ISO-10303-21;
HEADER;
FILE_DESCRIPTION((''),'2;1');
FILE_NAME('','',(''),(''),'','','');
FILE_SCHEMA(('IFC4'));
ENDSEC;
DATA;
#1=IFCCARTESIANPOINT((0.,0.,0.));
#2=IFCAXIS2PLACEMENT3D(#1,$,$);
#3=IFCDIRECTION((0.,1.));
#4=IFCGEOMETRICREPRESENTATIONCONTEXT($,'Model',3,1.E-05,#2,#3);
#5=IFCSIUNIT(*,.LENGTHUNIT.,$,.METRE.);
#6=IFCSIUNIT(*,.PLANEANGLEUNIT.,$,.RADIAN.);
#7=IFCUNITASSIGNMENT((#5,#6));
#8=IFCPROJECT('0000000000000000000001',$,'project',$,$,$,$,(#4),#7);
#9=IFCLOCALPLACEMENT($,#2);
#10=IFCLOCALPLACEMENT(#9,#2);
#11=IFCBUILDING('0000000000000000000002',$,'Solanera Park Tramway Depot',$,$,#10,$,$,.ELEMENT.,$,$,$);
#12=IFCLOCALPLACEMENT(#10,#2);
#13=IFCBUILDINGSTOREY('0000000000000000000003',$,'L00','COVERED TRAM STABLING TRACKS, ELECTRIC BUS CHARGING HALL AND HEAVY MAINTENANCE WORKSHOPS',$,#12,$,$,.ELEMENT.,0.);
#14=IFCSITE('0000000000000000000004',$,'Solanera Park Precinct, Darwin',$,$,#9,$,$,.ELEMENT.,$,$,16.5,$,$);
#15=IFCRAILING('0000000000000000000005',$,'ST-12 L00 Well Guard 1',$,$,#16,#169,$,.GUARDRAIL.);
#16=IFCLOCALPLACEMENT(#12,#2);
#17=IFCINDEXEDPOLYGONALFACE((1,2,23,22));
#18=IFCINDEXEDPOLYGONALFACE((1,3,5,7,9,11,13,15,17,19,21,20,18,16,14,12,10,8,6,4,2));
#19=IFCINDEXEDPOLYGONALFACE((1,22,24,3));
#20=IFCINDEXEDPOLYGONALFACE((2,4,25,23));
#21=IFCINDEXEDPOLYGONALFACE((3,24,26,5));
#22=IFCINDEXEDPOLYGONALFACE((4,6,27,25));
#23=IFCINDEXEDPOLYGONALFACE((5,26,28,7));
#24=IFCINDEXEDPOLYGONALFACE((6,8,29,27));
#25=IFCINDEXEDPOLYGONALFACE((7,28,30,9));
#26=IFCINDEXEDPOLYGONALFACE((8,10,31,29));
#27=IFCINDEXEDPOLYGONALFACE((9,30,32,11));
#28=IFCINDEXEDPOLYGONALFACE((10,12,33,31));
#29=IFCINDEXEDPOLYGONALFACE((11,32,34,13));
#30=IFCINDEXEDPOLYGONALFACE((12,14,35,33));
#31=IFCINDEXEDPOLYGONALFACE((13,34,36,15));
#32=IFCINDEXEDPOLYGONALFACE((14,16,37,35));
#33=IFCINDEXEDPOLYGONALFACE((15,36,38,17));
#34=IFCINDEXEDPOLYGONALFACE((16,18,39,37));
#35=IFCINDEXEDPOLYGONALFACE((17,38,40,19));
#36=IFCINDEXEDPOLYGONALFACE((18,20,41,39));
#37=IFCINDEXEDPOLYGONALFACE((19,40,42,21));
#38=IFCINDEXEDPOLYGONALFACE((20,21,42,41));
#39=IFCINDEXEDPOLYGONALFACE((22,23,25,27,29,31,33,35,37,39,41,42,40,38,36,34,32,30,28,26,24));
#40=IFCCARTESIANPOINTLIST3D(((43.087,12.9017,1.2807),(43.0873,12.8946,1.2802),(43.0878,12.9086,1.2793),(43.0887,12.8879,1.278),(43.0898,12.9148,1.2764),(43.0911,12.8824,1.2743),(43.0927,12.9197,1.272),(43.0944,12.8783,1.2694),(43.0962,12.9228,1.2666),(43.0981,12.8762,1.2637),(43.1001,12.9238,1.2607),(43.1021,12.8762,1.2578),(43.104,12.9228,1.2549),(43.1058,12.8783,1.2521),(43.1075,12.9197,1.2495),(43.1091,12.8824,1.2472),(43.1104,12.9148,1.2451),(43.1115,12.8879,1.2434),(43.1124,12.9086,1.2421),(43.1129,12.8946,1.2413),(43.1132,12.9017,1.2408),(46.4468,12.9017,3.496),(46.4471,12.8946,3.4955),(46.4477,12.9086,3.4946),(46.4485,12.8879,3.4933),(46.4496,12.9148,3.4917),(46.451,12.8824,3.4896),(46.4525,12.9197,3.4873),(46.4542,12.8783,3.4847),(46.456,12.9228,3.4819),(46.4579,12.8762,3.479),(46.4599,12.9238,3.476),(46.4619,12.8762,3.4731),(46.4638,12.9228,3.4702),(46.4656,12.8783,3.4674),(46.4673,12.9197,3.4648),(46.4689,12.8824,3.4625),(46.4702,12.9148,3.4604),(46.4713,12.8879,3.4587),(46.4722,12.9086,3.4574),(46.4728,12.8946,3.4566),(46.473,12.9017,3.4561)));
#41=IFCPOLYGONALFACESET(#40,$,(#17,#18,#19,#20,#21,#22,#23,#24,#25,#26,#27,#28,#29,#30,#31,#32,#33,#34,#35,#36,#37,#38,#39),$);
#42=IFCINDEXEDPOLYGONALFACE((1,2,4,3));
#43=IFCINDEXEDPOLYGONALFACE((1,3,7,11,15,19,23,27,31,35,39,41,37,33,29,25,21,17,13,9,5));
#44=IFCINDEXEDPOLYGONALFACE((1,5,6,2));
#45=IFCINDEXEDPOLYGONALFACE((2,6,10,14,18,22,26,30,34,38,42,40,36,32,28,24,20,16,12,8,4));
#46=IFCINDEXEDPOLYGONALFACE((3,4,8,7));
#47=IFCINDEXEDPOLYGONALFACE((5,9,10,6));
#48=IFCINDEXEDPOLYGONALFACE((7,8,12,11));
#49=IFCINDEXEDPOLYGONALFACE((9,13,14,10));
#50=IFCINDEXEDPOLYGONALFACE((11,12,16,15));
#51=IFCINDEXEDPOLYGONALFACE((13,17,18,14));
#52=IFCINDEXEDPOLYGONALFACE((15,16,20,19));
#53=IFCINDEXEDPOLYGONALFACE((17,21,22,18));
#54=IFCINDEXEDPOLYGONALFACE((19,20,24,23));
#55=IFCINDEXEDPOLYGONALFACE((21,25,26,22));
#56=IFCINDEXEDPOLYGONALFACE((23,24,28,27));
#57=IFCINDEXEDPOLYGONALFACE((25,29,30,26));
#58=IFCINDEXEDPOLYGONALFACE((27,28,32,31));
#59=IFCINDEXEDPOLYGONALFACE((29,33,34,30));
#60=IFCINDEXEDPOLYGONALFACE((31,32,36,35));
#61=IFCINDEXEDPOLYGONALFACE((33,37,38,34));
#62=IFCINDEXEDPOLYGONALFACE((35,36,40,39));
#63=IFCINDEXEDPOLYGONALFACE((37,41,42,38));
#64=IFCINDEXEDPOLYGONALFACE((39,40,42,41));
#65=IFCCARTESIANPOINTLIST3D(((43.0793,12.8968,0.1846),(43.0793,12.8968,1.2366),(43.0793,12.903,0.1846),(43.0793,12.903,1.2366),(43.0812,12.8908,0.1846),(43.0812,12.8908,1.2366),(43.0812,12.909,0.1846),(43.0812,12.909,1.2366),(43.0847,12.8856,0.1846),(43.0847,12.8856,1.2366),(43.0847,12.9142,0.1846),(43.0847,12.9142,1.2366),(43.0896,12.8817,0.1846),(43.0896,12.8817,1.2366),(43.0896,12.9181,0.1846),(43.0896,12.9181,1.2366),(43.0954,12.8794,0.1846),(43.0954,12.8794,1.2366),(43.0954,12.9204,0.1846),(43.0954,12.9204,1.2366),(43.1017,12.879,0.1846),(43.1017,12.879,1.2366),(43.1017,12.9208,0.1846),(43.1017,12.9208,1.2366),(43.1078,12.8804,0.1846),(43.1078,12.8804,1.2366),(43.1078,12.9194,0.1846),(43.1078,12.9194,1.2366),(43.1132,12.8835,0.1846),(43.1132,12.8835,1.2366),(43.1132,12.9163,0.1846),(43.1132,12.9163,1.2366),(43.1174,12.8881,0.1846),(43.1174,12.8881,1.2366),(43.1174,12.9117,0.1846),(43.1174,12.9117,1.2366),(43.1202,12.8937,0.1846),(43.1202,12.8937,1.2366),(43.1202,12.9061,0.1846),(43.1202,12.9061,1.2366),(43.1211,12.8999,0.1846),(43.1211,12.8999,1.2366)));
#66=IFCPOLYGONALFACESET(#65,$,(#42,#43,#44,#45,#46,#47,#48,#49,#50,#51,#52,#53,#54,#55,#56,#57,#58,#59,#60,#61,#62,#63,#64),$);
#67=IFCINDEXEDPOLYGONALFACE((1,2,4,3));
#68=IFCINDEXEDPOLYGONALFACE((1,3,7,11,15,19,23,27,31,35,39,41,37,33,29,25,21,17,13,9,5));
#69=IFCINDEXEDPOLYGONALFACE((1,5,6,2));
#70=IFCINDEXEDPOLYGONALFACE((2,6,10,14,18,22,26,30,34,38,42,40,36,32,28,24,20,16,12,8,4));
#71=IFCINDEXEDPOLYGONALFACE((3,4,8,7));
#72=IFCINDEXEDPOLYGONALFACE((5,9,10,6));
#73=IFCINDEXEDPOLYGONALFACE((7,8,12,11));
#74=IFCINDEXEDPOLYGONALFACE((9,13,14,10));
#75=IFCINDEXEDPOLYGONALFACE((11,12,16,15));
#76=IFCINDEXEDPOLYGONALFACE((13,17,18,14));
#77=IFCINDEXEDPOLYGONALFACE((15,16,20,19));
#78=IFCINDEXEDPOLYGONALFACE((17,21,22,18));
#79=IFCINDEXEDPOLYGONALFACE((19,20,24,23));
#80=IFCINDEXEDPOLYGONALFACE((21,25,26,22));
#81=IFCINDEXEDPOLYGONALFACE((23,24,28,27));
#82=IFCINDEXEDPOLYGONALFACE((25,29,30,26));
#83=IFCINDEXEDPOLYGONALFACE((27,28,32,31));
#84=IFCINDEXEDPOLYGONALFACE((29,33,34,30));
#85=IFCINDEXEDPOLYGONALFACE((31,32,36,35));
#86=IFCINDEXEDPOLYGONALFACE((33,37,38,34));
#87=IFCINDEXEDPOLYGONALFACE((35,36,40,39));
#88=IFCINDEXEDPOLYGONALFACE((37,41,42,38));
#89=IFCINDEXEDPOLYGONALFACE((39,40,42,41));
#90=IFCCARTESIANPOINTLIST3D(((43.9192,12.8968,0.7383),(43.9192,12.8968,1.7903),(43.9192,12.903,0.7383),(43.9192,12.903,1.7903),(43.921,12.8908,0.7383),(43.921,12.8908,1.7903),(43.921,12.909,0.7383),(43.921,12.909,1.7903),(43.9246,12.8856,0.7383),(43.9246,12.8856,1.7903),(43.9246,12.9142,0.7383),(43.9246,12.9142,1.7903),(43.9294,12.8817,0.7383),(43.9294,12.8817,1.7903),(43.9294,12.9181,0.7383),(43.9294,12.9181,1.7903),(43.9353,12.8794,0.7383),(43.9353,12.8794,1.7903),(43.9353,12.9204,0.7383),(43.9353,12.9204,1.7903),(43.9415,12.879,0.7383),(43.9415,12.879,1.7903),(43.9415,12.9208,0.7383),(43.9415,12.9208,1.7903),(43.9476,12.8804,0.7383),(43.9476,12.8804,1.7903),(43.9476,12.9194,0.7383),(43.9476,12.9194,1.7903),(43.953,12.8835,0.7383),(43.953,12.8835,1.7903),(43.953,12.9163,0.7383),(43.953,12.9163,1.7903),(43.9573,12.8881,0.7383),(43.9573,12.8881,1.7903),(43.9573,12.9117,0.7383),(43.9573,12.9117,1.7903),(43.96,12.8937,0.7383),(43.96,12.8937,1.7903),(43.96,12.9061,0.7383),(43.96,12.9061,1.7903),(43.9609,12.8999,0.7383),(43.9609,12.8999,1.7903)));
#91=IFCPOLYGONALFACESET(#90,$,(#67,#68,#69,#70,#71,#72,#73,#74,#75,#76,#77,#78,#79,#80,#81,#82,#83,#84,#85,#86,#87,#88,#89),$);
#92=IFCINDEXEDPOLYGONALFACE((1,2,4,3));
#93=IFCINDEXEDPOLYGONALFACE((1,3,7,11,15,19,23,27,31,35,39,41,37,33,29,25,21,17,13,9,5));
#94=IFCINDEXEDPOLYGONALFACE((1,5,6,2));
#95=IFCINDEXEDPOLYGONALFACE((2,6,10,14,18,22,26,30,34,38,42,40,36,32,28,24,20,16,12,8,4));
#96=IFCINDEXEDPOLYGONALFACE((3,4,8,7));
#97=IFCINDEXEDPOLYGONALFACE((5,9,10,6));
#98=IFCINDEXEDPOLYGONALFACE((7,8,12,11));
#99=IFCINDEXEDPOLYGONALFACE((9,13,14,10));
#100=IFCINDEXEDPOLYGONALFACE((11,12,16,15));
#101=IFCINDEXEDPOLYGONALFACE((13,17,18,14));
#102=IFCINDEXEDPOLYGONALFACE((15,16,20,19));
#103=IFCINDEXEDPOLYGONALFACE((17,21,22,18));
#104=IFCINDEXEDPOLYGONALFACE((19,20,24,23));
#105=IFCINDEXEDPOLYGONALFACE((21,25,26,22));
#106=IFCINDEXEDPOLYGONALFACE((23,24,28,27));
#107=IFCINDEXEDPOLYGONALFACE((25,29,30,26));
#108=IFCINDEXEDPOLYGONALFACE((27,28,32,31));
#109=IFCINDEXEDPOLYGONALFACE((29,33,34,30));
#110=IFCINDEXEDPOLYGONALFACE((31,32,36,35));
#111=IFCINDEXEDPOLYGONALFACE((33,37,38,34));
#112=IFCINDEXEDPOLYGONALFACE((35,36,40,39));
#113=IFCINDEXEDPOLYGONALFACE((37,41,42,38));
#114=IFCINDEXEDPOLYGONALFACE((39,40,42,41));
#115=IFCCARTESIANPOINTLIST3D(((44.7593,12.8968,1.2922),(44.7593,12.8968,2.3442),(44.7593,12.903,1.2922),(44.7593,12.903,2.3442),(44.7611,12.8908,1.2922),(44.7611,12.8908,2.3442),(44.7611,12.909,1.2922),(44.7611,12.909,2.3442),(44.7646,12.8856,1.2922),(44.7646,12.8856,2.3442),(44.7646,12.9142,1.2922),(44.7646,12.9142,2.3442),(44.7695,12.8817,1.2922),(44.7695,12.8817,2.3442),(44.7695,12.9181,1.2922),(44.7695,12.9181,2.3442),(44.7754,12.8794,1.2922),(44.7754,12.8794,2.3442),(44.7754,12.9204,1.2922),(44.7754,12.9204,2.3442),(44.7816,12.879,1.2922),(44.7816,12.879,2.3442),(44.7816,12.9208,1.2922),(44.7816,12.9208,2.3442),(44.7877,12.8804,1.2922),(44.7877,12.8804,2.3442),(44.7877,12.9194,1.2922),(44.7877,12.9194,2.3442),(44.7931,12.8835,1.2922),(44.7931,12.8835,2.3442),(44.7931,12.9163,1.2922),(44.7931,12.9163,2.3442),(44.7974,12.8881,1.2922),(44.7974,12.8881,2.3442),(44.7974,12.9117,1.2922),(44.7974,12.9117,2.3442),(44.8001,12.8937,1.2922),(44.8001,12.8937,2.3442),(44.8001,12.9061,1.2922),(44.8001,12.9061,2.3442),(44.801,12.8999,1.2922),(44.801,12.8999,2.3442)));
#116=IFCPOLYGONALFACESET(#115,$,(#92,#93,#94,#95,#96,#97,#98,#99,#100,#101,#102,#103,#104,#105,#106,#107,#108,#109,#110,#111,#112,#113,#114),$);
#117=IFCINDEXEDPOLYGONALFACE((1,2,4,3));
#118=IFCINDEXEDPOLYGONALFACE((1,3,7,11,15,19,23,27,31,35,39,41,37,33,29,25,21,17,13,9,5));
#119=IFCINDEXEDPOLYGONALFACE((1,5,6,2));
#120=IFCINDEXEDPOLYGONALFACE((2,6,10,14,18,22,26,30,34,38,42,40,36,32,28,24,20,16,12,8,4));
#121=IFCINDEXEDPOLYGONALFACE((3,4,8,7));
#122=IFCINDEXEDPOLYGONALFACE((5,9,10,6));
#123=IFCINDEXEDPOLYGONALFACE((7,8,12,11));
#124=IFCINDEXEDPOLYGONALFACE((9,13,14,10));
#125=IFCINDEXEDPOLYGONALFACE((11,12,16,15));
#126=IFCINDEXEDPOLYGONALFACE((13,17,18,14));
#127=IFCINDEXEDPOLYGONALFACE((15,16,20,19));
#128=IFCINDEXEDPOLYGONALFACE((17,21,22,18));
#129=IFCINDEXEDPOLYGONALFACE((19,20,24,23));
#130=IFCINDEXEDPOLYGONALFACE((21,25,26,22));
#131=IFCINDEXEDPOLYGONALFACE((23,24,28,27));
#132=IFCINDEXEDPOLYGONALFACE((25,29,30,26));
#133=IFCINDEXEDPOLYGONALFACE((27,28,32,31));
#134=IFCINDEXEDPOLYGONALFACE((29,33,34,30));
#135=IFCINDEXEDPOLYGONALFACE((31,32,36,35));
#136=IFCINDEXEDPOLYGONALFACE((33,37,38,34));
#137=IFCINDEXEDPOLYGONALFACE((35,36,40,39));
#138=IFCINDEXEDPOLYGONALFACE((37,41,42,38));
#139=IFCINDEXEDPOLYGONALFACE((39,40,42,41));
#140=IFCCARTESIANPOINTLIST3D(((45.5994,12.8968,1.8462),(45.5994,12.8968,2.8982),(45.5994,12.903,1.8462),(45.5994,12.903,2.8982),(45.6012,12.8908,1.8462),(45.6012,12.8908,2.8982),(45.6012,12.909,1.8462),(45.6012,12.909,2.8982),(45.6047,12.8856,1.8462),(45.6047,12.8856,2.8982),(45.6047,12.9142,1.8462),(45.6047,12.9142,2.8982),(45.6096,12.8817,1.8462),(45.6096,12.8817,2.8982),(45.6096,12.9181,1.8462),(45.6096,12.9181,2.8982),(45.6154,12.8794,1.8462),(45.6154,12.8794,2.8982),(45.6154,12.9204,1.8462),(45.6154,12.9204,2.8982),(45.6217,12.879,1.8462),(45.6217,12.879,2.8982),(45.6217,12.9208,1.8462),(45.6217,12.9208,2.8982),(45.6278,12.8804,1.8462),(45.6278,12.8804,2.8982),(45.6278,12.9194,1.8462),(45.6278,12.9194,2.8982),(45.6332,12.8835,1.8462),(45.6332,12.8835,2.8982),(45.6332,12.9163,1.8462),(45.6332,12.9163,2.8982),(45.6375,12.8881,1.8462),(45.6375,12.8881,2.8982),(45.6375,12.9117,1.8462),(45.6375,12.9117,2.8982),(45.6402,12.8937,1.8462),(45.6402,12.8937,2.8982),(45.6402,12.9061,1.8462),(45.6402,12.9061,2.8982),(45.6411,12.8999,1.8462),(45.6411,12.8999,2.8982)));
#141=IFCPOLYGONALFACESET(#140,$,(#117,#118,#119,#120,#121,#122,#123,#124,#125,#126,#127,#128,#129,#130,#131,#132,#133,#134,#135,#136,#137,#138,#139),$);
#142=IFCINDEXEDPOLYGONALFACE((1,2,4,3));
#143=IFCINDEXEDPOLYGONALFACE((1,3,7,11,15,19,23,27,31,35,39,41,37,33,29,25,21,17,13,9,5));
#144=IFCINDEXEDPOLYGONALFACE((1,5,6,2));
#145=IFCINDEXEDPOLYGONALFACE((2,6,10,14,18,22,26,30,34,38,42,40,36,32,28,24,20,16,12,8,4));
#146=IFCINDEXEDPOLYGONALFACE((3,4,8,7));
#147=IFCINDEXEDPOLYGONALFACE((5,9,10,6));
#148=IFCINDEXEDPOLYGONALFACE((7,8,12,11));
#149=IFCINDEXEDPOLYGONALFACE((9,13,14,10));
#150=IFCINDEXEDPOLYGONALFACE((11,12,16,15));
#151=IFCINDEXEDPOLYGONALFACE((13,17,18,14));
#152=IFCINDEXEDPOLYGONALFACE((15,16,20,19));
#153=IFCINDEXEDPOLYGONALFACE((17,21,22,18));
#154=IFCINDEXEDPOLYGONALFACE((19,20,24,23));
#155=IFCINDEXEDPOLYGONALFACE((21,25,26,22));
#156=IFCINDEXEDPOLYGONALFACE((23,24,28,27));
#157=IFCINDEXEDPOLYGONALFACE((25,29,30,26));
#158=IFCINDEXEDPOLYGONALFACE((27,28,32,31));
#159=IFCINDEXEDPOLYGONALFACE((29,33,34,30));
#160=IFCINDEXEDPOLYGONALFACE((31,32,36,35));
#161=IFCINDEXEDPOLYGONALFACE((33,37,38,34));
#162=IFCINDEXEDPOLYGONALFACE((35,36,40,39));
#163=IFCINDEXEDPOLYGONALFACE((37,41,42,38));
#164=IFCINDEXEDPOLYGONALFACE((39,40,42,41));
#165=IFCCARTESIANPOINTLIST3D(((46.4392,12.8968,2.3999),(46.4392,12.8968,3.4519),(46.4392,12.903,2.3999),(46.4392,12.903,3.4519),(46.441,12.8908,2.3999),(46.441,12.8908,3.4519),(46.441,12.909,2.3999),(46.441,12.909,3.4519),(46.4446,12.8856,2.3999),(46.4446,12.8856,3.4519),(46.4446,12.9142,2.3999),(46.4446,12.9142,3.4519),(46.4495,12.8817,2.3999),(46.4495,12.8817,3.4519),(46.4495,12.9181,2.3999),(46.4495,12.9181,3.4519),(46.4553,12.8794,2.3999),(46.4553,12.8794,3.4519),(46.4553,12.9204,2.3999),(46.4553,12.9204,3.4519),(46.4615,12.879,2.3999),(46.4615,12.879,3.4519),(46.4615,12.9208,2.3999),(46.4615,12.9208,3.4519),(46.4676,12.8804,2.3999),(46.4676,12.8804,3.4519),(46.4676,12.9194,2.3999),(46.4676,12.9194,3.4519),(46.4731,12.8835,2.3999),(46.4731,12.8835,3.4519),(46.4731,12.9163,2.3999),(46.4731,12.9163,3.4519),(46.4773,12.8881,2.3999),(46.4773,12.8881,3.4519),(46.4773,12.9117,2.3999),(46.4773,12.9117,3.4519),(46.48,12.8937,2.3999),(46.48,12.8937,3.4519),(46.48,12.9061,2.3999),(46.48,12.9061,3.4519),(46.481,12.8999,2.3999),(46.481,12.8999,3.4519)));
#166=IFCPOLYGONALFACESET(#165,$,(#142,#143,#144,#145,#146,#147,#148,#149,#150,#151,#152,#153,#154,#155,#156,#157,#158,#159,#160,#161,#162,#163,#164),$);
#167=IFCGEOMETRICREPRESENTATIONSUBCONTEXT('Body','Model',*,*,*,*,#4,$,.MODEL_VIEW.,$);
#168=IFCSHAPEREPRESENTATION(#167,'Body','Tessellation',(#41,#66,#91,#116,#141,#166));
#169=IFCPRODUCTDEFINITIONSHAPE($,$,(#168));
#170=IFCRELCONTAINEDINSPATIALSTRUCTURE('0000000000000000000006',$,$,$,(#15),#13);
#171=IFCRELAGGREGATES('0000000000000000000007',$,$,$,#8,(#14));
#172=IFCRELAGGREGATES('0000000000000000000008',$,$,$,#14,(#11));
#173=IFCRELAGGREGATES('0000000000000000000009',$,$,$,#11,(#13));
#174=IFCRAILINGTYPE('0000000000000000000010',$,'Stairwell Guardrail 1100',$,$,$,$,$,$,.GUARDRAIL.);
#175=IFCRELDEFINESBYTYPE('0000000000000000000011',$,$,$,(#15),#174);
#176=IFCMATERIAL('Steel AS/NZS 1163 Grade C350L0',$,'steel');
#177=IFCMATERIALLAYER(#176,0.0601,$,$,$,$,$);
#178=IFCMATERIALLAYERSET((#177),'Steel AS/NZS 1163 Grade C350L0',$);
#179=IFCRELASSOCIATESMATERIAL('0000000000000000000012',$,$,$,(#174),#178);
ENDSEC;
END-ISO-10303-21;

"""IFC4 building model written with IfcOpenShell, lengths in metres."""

from ifc_helpers import new_model, si_unit, direction, frame, origin, origin_2d, place, context, subcontext, project, spatial, circle, extrude, material, layer, layer_set, type_object, element, save


model = new_model("IFC4")

# Units and contexts
model_context = context("Model", 3, precision=1e-05, world=origin(), true_north=direction((0.0, 1.0)))
body_context = subcontext(model_context, "Body", "Model", "MODEL_VIEW")
ifc_project = project(units=[si_unit("LENGTHUNIT", "METRE"), si_unit("PLANEANGLEUNIT", "RADIAN")], contexts=[model_context])

# Site, building, storey
site_placement = place(None, origin())
site = spatial("IfcSite", under=ifc_project, at=site_placement, Name="Solanera Park Precinct, Darwin", CompositionType="ELEMENT", RefElevation=16.5)
building_placement = place(site_placement, origin())
building = spatial("IfcBuilding", under=site, at=building_placement, Name="Solanera Park Tramway Depot", CompositionType="ELEMENT")
storey_placement = place(building_placement, origin())
storey = spatial("IfcBuildingStorey", under=building, at=storey_placement, Name="L00", Description="COVERED TRAM STABLING TRACKS, ELECTRIC BUS CHARGING HALL AND HEAVY MAINTENANCE WORKSHOPS", CompositionType="ELEMENT", Elevation=0.0)

# Railing
ifc_material_1 = material(Name="Steel AS/NZS 1163 Grade C350L0", Category="steel")
ifc_layer_1 = layer(ifc_material_1, 0.0601)
ifc_layer_set_1 = layer_set([ifc_layer_1], Name="Steel AS/NZS 1163 Grade C350L0")
railing_type_1 = type_object("IfcRailingType", Name="Stairwell Guardrail 1100", PredefinedType="GUARDRAIL", material=ifc_layer_set_1)
railing_1_placement = place(storey_placement, frame((43.1001, 12.8999, 0.1846)))
element("IfcRailing", 1, at=railing_1_placement, inside=storey, type_object=railing_type_1, Name="ST-12 L00 Well Guard 1", PredefinedType="GUARDRAIL", context=body_context, shape_type="SweptSolid", body=[
    extrude(circle(Radius=0.0239, at=origin_2d()), frame((0.0, 0.0, 1.0762), z_axis=(0.834858, 0.0, 0.550465), x_axis=(0.0, 1.0, 0.0)), (0.0, 0.0, 1.0), 4.0244),
    extrude(circle(Radius=0.021, at=origin_2d()), origin(), (0.0, 0.0, 1.0), 1.052),
    extrude(circle(Radius=0.021, at=origin_2d()), frame((0.8398, 0.0, 0.5537)), (0.0, 0.0, 1.0), 1.052),
    extrude(circle(Radius=0.021, at=origin_2d()), frame((1.6799, 0.0, 1.1077)), (0.0, 0.0, 1.0), 1.052),
    extrude(circle(Radius=0.021, at=origin_2d()), frame((2.52, 0.0, 1.6616)), (0.0, 0.0, 1.0), 1.052),
    extrude(circle(Radius=0.021, at=origin_2d()), frame((3.3599, 0.0, 2.2153)), (0.0, 0.0, 1.0), 1.052),
])

save(model, "model.ifc")
